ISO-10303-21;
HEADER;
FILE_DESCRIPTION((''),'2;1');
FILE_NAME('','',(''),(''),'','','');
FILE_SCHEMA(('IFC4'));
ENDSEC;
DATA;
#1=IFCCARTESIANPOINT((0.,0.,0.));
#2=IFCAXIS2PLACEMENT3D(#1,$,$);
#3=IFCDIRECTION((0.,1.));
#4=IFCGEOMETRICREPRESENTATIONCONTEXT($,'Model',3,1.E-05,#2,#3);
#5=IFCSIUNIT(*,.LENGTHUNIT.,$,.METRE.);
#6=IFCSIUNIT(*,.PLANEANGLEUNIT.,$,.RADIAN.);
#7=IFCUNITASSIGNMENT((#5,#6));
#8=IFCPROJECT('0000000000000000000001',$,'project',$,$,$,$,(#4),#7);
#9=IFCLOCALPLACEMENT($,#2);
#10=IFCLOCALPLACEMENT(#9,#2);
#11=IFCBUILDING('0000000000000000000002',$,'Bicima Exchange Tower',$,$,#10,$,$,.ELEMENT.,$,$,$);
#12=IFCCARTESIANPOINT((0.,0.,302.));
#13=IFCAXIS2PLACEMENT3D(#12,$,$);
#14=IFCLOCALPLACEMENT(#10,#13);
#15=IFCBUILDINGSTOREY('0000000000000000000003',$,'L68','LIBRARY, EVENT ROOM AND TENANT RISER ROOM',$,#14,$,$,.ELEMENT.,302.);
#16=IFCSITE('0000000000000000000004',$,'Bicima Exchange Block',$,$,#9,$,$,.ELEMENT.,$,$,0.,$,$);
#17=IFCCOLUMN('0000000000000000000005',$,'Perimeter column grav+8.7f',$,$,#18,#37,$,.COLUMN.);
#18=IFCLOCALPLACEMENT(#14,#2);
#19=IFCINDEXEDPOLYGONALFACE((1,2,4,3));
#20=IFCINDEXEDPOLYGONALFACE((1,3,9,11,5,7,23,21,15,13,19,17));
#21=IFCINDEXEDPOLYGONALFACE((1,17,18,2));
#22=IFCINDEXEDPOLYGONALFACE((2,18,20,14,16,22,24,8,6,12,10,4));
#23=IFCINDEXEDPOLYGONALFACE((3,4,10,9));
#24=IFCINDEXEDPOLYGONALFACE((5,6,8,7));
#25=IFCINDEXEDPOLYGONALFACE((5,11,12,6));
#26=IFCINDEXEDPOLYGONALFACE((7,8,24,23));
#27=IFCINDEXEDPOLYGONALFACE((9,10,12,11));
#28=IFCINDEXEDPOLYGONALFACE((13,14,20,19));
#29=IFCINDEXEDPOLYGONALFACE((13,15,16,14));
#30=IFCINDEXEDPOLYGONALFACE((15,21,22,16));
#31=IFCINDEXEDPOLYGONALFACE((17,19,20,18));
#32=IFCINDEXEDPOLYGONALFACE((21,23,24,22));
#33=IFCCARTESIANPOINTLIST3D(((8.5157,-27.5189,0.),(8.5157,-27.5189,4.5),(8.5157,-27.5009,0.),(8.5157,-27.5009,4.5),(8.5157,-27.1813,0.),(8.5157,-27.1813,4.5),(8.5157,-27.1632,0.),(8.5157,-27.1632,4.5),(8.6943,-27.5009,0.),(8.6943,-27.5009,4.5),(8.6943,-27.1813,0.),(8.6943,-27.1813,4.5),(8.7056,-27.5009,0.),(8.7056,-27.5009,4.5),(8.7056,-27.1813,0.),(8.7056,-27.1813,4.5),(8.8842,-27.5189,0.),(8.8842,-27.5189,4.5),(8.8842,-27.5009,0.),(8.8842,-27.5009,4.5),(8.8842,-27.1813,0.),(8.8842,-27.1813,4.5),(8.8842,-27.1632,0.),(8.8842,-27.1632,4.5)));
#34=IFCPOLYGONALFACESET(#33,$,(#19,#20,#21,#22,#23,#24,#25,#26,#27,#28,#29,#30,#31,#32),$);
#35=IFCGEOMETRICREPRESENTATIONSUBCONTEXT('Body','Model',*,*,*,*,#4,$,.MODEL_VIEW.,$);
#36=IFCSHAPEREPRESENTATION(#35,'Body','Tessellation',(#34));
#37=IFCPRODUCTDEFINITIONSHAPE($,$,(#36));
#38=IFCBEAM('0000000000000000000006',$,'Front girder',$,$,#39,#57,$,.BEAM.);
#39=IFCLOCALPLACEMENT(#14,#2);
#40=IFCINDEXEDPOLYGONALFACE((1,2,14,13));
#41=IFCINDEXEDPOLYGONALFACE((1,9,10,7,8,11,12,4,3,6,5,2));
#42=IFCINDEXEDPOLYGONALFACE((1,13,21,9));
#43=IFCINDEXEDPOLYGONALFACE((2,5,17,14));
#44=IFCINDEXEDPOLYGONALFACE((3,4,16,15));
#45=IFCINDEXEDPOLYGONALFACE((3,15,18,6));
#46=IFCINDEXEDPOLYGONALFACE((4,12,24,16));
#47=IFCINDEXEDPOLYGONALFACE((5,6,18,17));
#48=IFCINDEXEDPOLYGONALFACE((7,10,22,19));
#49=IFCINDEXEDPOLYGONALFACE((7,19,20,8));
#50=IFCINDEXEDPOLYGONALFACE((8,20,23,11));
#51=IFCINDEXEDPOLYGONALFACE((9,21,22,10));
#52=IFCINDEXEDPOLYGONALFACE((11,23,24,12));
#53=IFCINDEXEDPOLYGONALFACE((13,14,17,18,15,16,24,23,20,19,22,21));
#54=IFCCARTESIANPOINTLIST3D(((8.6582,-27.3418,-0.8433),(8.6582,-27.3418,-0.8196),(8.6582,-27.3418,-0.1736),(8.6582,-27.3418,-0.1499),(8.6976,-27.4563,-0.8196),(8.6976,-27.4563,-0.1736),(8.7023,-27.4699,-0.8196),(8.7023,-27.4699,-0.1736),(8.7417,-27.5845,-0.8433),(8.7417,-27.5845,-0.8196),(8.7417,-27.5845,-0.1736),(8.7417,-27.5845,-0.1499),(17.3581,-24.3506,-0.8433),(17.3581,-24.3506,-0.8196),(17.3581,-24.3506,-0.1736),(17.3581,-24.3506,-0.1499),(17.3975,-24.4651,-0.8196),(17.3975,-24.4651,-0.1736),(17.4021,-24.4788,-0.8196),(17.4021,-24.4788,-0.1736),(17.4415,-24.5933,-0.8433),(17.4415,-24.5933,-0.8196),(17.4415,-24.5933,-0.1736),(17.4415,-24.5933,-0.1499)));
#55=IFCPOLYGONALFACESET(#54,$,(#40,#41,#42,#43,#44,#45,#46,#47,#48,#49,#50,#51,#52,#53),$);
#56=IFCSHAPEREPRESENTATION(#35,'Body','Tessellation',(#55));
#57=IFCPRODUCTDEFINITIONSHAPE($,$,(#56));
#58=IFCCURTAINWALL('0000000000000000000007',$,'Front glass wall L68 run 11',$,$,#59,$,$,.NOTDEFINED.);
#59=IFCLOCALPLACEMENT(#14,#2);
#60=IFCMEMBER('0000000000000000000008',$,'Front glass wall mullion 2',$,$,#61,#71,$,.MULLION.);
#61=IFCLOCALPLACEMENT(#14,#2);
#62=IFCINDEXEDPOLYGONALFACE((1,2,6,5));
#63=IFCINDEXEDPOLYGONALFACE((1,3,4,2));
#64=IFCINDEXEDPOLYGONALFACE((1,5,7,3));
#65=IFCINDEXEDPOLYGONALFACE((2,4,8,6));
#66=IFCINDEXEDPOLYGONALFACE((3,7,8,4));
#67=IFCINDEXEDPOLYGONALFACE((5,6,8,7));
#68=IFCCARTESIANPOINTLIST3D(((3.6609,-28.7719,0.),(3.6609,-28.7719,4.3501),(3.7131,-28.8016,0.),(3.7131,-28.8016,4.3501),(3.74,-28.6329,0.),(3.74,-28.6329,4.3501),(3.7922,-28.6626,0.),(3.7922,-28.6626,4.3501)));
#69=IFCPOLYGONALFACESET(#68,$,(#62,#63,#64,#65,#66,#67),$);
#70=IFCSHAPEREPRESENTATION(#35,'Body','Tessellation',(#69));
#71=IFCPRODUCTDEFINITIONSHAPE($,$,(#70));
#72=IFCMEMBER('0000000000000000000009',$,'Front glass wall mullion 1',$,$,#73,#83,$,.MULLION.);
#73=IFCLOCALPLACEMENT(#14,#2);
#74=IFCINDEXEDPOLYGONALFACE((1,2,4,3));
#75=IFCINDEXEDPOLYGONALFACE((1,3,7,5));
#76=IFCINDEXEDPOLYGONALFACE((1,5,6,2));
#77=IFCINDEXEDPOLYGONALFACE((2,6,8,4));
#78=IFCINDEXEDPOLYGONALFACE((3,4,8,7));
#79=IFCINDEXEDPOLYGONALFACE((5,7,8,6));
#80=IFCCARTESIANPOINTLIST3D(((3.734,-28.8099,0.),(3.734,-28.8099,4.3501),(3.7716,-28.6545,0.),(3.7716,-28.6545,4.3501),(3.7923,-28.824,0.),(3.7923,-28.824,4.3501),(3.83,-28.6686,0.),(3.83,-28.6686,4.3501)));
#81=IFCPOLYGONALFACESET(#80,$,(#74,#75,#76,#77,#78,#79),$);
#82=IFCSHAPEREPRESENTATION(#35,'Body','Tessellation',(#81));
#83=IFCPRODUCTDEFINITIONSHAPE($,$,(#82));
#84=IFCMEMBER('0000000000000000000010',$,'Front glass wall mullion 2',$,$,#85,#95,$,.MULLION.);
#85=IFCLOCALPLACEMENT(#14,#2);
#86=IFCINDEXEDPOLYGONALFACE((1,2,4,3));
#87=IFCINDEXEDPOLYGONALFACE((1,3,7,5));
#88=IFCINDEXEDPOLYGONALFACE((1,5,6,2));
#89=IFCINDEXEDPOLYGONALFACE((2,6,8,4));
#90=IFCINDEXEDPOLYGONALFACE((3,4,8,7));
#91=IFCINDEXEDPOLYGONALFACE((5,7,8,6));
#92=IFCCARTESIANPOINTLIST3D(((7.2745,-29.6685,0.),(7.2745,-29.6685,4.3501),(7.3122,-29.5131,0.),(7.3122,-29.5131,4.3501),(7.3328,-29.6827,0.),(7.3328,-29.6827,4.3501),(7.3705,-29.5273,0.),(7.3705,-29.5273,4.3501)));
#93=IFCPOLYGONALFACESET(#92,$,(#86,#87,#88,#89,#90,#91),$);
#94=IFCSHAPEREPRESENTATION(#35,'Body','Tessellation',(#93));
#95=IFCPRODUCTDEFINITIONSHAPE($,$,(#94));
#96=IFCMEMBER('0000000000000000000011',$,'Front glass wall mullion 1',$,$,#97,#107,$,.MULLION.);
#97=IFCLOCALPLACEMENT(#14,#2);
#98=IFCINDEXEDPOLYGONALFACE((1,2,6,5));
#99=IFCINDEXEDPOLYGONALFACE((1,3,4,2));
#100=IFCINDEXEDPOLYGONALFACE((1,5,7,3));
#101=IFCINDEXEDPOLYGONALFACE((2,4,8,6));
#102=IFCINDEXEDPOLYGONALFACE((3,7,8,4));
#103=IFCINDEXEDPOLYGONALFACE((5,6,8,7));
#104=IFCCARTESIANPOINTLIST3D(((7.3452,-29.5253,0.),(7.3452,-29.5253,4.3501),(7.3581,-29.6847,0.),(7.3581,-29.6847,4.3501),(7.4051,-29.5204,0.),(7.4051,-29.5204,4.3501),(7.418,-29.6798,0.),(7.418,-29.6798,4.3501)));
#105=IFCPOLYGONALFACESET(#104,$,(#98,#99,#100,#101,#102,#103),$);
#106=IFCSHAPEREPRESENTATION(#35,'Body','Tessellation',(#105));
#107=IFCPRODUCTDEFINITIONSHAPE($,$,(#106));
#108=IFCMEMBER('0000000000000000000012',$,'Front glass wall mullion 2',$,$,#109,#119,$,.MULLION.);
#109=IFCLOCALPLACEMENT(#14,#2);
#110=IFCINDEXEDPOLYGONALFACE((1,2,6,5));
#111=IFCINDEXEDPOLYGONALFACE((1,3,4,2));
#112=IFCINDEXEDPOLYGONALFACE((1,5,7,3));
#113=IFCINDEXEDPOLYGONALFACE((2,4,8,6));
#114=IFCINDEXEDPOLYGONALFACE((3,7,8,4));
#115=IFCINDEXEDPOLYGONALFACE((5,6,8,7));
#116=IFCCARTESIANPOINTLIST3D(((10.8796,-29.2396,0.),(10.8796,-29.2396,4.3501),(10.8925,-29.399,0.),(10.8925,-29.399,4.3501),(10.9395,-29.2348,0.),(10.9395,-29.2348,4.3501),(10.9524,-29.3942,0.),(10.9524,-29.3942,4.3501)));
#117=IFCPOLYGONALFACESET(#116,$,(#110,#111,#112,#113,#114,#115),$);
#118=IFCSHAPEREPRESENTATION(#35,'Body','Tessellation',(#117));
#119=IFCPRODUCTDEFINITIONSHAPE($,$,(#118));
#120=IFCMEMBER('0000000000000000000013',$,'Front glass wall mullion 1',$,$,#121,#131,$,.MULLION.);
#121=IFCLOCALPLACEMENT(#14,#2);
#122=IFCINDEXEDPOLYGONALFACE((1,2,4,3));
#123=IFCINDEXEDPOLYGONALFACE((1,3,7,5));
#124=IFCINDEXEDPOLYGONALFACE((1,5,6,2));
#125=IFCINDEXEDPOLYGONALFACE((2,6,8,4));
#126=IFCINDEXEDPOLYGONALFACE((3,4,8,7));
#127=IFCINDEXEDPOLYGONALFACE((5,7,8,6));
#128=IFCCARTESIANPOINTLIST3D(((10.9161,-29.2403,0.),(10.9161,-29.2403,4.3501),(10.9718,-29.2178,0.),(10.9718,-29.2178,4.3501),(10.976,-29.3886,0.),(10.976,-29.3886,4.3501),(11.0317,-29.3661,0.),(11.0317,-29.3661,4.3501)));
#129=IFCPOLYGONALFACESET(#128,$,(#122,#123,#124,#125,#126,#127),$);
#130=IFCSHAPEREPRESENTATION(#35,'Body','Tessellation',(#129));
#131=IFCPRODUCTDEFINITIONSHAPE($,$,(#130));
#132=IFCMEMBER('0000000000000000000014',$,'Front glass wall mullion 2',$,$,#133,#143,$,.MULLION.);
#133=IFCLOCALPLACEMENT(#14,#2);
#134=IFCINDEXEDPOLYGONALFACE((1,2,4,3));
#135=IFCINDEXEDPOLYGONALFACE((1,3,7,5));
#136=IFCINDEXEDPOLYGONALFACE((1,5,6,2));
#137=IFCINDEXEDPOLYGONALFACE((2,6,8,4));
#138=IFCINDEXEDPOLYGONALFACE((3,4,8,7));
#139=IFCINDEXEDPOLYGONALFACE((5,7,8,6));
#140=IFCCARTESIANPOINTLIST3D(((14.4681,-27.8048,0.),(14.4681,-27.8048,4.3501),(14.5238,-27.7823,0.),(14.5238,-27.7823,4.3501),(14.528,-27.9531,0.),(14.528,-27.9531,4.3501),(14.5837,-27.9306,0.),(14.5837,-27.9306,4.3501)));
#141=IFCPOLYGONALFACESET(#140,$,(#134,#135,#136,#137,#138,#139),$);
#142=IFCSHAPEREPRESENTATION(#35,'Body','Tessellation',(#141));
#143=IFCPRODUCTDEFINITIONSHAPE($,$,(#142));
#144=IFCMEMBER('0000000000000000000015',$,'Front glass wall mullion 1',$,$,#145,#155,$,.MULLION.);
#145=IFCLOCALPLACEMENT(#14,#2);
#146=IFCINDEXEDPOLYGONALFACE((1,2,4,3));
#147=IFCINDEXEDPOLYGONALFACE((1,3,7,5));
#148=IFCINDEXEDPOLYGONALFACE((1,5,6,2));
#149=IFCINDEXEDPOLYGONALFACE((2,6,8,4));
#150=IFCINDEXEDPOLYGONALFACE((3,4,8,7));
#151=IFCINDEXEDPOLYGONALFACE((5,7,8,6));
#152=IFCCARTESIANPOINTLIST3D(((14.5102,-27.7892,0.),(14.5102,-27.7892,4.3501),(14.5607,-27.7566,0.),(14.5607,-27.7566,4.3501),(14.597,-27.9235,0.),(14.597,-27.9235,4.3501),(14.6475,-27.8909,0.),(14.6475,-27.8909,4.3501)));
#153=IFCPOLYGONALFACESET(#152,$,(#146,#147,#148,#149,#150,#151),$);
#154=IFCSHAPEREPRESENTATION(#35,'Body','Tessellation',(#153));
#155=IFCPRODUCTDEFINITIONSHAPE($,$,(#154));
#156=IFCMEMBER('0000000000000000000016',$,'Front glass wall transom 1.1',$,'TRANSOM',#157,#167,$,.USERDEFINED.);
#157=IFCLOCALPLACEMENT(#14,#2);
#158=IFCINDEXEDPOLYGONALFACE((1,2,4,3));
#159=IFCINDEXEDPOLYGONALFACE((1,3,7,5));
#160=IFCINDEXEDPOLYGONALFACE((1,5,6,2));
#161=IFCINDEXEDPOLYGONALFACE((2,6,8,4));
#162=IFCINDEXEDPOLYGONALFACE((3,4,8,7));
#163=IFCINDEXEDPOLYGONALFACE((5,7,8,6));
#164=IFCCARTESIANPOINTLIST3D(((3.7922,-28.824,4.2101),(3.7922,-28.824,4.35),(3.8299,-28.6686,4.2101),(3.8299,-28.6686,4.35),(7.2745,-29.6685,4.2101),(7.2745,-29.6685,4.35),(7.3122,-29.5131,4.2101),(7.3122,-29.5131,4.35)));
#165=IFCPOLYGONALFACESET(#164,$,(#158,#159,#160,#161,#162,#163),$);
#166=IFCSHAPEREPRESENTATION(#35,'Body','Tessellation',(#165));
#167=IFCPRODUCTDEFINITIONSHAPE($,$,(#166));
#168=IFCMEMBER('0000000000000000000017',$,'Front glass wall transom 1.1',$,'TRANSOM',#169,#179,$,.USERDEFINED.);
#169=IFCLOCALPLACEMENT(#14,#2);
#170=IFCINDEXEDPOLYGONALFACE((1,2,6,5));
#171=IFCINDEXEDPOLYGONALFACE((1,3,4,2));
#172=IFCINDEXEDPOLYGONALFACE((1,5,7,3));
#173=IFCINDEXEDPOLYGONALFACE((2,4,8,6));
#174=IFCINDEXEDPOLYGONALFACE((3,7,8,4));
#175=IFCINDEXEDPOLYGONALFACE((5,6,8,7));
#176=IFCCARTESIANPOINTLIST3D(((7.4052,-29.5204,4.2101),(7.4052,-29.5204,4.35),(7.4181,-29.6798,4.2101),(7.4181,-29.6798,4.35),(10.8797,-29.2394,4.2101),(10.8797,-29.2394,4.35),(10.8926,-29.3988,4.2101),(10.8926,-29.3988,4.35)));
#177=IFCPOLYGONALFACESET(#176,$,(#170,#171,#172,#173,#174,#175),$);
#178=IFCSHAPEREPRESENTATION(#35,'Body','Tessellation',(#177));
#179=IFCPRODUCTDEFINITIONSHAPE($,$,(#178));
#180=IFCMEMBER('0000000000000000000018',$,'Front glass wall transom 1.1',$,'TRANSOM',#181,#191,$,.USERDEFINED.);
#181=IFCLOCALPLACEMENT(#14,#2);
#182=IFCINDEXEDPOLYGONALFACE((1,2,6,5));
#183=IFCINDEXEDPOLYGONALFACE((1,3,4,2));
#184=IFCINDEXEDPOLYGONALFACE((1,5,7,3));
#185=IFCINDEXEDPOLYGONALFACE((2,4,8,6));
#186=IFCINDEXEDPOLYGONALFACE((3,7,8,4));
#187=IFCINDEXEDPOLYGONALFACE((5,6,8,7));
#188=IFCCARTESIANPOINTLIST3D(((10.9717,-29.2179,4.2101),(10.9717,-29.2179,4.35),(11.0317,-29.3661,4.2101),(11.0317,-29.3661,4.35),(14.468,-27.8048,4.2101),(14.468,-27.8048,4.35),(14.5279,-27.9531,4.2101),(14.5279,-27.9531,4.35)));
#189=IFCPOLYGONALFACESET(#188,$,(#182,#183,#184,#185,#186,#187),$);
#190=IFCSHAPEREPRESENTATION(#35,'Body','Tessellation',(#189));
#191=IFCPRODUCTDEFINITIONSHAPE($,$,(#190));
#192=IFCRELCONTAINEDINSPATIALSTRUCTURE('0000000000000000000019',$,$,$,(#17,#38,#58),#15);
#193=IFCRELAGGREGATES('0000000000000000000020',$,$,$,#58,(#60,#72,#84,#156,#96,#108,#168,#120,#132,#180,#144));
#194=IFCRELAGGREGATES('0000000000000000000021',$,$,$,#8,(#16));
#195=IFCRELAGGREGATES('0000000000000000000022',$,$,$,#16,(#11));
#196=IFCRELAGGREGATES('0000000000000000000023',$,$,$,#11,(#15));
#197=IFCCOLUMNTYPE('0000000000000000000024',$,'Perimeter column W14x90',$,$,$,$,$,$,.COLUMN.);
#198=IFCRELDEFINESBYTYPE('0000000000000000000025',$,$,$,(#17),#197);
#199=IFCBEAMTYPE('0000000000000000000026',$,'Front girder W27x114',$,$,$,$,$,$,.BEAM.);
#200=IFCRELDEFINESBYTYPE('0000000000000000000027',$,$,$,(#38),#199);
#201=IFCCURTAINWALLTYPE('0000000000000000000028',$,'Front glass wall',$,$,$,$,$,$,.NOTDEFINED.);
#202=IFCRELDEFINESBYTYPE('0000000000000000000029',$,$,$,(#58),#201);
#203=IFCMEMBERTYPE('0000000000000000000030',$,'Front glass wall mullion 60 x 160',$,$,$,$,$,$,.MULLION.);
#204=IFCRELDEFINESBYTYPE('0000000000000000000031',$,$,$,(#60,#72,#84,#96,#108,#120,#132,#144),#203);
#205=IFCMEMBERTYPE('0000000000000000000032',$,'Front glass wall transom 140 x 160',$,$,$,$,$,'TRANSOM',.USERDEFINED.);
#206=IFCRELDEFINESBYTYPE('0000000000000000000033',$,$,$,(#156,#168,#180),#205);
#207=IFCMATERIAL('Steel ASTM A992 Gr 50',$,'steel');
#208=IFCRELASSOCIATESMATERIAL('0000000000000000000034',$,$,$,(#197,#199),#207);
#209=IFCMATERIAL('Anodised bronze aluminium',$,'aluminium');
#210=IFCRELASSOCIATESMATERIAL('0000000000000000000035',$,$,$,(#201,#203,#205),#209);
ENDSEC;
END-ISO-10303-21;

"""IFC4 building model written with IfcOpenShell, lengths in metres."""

from ifc_helpers import new_model, si_unit, direction, frame, origin, origin_2d, place, context, subcontext, project, spatial, rectangle, i_section, extrude, material, material_profile, profile_set, type_object, element, aggregate, save


model = new_model("IFC4")

# Units and contexts
model_context = context("Model", 3, precision=1e-05, world=origin(), true_north=direction((0.0, 1.0)))
body_context = subcontext(model_context, "Body", "Model", "MODEL_VIEW")
ifc_project = project(units=[si_unit("LENGTHUNIT", "METRE"), si_unit("PLANEANGLEUNIT", "RADIAN")], contexts=[model_context])

# Site, building, storey
site_placement = place(None, origin())
site = spatial("IfcSite", under=ifc_project, at=site_placement, Name="Bicima Exchange Block", CompositionType="ELEMENT", RefElevation=0.0)
building_placement = place(site_placement, origin())
building = spatial("IfcBuilding", under=site, at=building_placement, Name="Bicima Exchange Tower", CompositionType="ELEMENT")
storey_placement = place(building_placement, frame((0.0, 0.0, 302.0)))
storey = spatial("IfcBuildingStorey", under=building, at=storey_placement, Name="L68", Description="LIBRARY, EVENT ROOM AND TENANT RISER ROOM", CompositionType="ELEMENT", Elevation=302.0)

# Column
ifc_material_1 = material(Name="Steel ASTM A992 Gr 50", Category="steel")
ifc_material_profile_1 = material_profile(ifc_material_1, i_section(OverallWidth=0.3684, OverallDepth=0.3557, WebThickness=0.0112, FlangeThickness=0.0181, at=origin_2d()))
ifc_profile_set_1 = profile_set([ifc_material_profile_1], Name="Steel ASTM A992 Gr 50")
column_type = type_object("IfcColumnType", Name="Perimeter column W14x90", PredefinedType="COLUMN", material=ifc_profile_set_1)
column_placement = place(storey_placement, frame((8.7, -27.3411, 0.0), z_axis=(0.0, 0.0, 1.0), x_axis=(1.0, 0.0, 0.0)))
element("IfcColumn", 1, at=column_placement, inside=storey, type_object=column_type, Name="Perimeter column grav+8.7f", PredefinedType="COLUMN", context=body_context, shape_type="SweptSolid", body=[
    extrude(i_section(OverallWidth=0.3684, OverallDepth=0.3557, WebThickness=0.0112, FlangeThickness=0.0181, at=origin_2d()), origin(), (0.0, 0.0, 1.0), 4.5),
])

# Beam
ifc_material_profile_2 = material_profile(ifc_material_1, i_section(OverallWidth=0.2566, OverallDepth=0.6934, WebThickness=0.0144, FlangeThickness=0.0237, at=origin_2d()))
ifc_profile_set_2 = profile_set([ifc_material_profile_2], Name="Steel ASTM A992 Gr 50")
beam_type = type_object("IfcBeamType", Name="Front girder W27x114", PredefinedType="BEAM", material=ifc_profile_set_2)
beam_placement = place(storey_placement, frame((8.7, -27.4631, -0.4966), z_axis=(0.945666, 0.325138, 0.0), x_axis=(-0.325138, 0.945666, 0.0)))
element("IfcBeam", 2, at=beam_placement, inside=storey, type_object=beam_type, Name="Front girder", PredefinedType="BEAM", context=body_context, shape_type="SweptSolid", body=[
    extrude(i_section(OverallWidth=0.2566, OverallDepth=0.6934, WebThickness=0.0144, FlangeThickness=0.0237, at=origin_2d()), origin(), (0.0, 0.0, 1.0), 9.1997),
])

# Curtain wall, members
ifc_material_2 = material(Name="Anodised bronze aluminium", Category="aluminium")
curtain_wall_type = type_object("IfcCurtainWallType", Name="Front glass wall", PredefinedType="NOTDEFINED", material=ifc_material_2)
curtain_wall_placement = place(storey_placement, origin())
curtain_wall = element("IfcCurtainWall", 3, at=curtain_wall_placement, inside=storey, type_object=curtain_wall_type, Name="Front glass wall L68 run 11", PredefinedType="NOTDEFINED")
ifc_material_profile_3 = material_profile(ifc_material_2, rectangle(XDim=0.1599, YDim=0.0601, at=origin_2d()))
ifc_profile_set_3 = profile_set([ifc_material_profile_3], Name="Anodised bronze aluminium")
member_type_1 = type_object("IfcMemberType", Name="Front glass wall mullion 60 x 160", PredefinedType="MULLION", material=ifc_profile_set_3)
member_1_placement = place(storey_placement, frame((3.7266, -28.7173, 0.0), z_axis=(0.0, 0.0, 1.0), x_axis=(0.49433, 0.869274, 0.0)))
member_1 = element("IfcMember", 4, at=member_1_placement, type_object=member_type_1, Name="Front glass wall mullion 2", PredefinedType="MULLION", context=body_context, shape_type="SweptSolid", body=[
    extrude(rectangle(XDim=0.1599, YDim=0.0601, at=origin_2d()), origin(), (0.0, 0.0, 1.0), 4.3501),
])
member_2_placement = place(storey_placement, frame((3.782, -28.7393, 0.0), z_axis=(0.0, 0.0, 1.0), x_axis=(0.235682, 0.97183, 0.0)))
member_2 = element("IfcMember", 5, at=member_2_placement, type_object=member_type_1, Name="Front glass wall mullion 1", PredefinedType="MULLION", context=body_context, shape_type="SweptSolid", body=[
    extrude(rectangle(XDim=0.1599, YDim=0.0601, at=origin_2d()), origin(), (0.0, 0.0, 1.0), 4.3501),
])
member_3_placement = place(storey_placement, frame((7.3225, -29.5979, 0.0), z_axis=(0.0, 0.0, 1.0), x_axis=(0.235682, 0.97183, 0.0)))
member_3 = element("IfcMember", 6, at=member_3_placement, type_object=member_type_1, Name="Front glass wall mullion 2", PredefinedType="MULLION", context=body_context, shape_type="SweptSolid", body=[
    extrude(rectangle(XDim=0.1599, YDim=0.0601, at=origin_2d()), origin(), (0.0, 0.0, 1.0), 4.3501),
])
member_4_placement = place(storey_placement, frame((7.3816, -29.6025, 0.0), z_axis=(0.0, 0.0, 1.0), x_axis=(-0.080589, 0.996747, 0.0)))
member_4 = element("IfcMember", 7, at=member_4_placement, type_object=member_type_1, Name="Front glass wall mullion 1", PredefinedType="MULLION", context=body_context, shape_type="SweptSolid", body=[
    extrude(rectangle(XDim=0.1599, YDim=0.0601, at=origin_2d()), origin(), (0.0, 0.0, 1.0), 4.3501),
])
member_5_placement = place(storey_placement, frame((10.916, -29.3169, 0.0), z_axis=(0.0, 0.0, 1.0), x_axis=(-0.080589, 0.996747, 0.0)))
member_5 = element("IfcMember", 8, at=member_5_placement, type_object=member_type_1, Name="Front glass wall mullion 2", PredefinedType="MULLION", context=body_context, shape_type="SweptSolid", body=[
    extrude(rectangle(XDim=0.1599, YDim=0.0601, at=origin_2d()), origin(), (0.0, 0.0, 1.0), 4.3501),
])
member_6_placement = place(storey_placement, frame((10.9739, -29.3032, 0.0), z_axis=(0.0, 0.0, 1.0), x_axis=(-0.374705, 0.927144, 0.0)))
member_6 = element("IfcMember", 9, at=member_6_placement, type_object=member_type_1, Name="Front glass wall mullion 1", PredefinedType="MULLION", context=body_context, shape_type="SweptSolid", body=[
    extrude(rectangle(XDim=0.1599, YDim=0.0601, at=origin_2d()), origin(), (0.0, 0.0, 1.0), 4.3501),
])
member_7_placement = place(storey_placement, frame((14.5259, -27.8677, 0.0), z_axis=(0.0, 0.0, 1.0), x_axis=(-0.374705, 0.927144, 0.0)))
member_7 = element("IfcMember", 10, at=member_7_placement, type_object=member_type_1, Name="Front glass wall mullion 2", PredefinedType="MULLION", context=body_context, shape_type="SweptSolid", body=[
    extrude(rectangle(XDim=0.1599, YDim=0.0601, at=origin_2d()), origin(), (0.0, 0.0, 1.0), 4.3501),
])
member_8_placement = place(storey_placement, frame((14.5789, -27.8401, 0.0), z_axis=(0.0, 0.0, 1.0), x_axis=(-0.542909, 0.839791, 0.0)))
member_8 = element("IfcMember", 11, at=member_8_placement, type_object=member_type_1, Name="Front glass wall mullion 1", PredefinedType="MULLION", context=body_context, shape_type="SweptSolid", body=[
    extrude(rectangle(XDim=0.1599, YDim=0.0601, at=origin_2d()), origin(), (0.0, 0.0, 1.0), 4.3501),
])
ifc_material_profile_4 = material_profile(ifc_material_2, rectangle(XDim=0.1599, YDim=0.1399, at=origin_2d()))
ifc_profile_set_4 = profile_set([ifc_material_profile_4], Name="Anodised bronze aluminium")
member_type_2 = type_object("IfcMemberType", Name="Front glass wall transom 140 x 160", ElementType="TRANSOM", PredefinedType="USERDEFINED", material=ifc_profile_set_4)
member_9_placement = place(storey_placement, frame((3.811, -28.7463, 4.28), z_axis=(0.971834, -0.235668, 0.0), x_axis=(0.235668, 0.971834, 0.0)))
member_9 = element("IfcMember", 12, at=member_9_placement, type_object=member_type_2, Name="Front glass wall transom 1.1", ObjectType="TRANSOM", PredefinedType="USERDEFINED", context=body_context, shape_type="SweptSolid", body=[
    extrude(rectangle(XDim=0.1599, YDim=0.1399, at=origin_2d()), origin(), (0.0, 0.0, 1.0), 3.5833),
])
member_10_placement = place(storey_placement, frame((7.4116, -29.6001, 4.28), z_axis=(0.996746, 0.080611, 0.0), x_axis=(-0.080611, 0.996746, 0.0)))
member_10 = element("IfcMember", 13, at=member_10_placement, type_object=member_type_2, Name="Front glass wall transom 1.1", ObjectType="TRANSOM", PredefinedType="USERDEFINED", context=body_context, shape_type="SweptSolid", body=[
    extrude(rectangle(XDim=0.1599, YDim=0.1399, at=origin_2d()), origin(), (0.0, 0.0, 1.0), 3.4858),
])
member_11_placement = place(storey_placement, frame((11.0017, -29.292, 4.28), z_axis=(0.92714, 0.374715, 0.0), x_axis=(-0.374715, 0.92714, 0.0)))
member_11 = element("IfcMember", 14, at=member_11_placement, type_object=member_type_2, Name="Front glass wall transom 1.1", ObjectType="TRANSOM", PredefinedType="USERDEFINED", context=body_context, shape_type="SweptSolid", body=[
    extrude(rectangle(XDim=0.1599, YDim=0.1399, at=origin_2d()), origin(), (0.0, 0.0, 1.0), 3.771),
])
aggregate(curtain_wall, [member_1, member_2, member_3, member_9, member_4, member_5, member_10, member_6, member_7, member_11, member_8])

save(model, "model.ifc")
